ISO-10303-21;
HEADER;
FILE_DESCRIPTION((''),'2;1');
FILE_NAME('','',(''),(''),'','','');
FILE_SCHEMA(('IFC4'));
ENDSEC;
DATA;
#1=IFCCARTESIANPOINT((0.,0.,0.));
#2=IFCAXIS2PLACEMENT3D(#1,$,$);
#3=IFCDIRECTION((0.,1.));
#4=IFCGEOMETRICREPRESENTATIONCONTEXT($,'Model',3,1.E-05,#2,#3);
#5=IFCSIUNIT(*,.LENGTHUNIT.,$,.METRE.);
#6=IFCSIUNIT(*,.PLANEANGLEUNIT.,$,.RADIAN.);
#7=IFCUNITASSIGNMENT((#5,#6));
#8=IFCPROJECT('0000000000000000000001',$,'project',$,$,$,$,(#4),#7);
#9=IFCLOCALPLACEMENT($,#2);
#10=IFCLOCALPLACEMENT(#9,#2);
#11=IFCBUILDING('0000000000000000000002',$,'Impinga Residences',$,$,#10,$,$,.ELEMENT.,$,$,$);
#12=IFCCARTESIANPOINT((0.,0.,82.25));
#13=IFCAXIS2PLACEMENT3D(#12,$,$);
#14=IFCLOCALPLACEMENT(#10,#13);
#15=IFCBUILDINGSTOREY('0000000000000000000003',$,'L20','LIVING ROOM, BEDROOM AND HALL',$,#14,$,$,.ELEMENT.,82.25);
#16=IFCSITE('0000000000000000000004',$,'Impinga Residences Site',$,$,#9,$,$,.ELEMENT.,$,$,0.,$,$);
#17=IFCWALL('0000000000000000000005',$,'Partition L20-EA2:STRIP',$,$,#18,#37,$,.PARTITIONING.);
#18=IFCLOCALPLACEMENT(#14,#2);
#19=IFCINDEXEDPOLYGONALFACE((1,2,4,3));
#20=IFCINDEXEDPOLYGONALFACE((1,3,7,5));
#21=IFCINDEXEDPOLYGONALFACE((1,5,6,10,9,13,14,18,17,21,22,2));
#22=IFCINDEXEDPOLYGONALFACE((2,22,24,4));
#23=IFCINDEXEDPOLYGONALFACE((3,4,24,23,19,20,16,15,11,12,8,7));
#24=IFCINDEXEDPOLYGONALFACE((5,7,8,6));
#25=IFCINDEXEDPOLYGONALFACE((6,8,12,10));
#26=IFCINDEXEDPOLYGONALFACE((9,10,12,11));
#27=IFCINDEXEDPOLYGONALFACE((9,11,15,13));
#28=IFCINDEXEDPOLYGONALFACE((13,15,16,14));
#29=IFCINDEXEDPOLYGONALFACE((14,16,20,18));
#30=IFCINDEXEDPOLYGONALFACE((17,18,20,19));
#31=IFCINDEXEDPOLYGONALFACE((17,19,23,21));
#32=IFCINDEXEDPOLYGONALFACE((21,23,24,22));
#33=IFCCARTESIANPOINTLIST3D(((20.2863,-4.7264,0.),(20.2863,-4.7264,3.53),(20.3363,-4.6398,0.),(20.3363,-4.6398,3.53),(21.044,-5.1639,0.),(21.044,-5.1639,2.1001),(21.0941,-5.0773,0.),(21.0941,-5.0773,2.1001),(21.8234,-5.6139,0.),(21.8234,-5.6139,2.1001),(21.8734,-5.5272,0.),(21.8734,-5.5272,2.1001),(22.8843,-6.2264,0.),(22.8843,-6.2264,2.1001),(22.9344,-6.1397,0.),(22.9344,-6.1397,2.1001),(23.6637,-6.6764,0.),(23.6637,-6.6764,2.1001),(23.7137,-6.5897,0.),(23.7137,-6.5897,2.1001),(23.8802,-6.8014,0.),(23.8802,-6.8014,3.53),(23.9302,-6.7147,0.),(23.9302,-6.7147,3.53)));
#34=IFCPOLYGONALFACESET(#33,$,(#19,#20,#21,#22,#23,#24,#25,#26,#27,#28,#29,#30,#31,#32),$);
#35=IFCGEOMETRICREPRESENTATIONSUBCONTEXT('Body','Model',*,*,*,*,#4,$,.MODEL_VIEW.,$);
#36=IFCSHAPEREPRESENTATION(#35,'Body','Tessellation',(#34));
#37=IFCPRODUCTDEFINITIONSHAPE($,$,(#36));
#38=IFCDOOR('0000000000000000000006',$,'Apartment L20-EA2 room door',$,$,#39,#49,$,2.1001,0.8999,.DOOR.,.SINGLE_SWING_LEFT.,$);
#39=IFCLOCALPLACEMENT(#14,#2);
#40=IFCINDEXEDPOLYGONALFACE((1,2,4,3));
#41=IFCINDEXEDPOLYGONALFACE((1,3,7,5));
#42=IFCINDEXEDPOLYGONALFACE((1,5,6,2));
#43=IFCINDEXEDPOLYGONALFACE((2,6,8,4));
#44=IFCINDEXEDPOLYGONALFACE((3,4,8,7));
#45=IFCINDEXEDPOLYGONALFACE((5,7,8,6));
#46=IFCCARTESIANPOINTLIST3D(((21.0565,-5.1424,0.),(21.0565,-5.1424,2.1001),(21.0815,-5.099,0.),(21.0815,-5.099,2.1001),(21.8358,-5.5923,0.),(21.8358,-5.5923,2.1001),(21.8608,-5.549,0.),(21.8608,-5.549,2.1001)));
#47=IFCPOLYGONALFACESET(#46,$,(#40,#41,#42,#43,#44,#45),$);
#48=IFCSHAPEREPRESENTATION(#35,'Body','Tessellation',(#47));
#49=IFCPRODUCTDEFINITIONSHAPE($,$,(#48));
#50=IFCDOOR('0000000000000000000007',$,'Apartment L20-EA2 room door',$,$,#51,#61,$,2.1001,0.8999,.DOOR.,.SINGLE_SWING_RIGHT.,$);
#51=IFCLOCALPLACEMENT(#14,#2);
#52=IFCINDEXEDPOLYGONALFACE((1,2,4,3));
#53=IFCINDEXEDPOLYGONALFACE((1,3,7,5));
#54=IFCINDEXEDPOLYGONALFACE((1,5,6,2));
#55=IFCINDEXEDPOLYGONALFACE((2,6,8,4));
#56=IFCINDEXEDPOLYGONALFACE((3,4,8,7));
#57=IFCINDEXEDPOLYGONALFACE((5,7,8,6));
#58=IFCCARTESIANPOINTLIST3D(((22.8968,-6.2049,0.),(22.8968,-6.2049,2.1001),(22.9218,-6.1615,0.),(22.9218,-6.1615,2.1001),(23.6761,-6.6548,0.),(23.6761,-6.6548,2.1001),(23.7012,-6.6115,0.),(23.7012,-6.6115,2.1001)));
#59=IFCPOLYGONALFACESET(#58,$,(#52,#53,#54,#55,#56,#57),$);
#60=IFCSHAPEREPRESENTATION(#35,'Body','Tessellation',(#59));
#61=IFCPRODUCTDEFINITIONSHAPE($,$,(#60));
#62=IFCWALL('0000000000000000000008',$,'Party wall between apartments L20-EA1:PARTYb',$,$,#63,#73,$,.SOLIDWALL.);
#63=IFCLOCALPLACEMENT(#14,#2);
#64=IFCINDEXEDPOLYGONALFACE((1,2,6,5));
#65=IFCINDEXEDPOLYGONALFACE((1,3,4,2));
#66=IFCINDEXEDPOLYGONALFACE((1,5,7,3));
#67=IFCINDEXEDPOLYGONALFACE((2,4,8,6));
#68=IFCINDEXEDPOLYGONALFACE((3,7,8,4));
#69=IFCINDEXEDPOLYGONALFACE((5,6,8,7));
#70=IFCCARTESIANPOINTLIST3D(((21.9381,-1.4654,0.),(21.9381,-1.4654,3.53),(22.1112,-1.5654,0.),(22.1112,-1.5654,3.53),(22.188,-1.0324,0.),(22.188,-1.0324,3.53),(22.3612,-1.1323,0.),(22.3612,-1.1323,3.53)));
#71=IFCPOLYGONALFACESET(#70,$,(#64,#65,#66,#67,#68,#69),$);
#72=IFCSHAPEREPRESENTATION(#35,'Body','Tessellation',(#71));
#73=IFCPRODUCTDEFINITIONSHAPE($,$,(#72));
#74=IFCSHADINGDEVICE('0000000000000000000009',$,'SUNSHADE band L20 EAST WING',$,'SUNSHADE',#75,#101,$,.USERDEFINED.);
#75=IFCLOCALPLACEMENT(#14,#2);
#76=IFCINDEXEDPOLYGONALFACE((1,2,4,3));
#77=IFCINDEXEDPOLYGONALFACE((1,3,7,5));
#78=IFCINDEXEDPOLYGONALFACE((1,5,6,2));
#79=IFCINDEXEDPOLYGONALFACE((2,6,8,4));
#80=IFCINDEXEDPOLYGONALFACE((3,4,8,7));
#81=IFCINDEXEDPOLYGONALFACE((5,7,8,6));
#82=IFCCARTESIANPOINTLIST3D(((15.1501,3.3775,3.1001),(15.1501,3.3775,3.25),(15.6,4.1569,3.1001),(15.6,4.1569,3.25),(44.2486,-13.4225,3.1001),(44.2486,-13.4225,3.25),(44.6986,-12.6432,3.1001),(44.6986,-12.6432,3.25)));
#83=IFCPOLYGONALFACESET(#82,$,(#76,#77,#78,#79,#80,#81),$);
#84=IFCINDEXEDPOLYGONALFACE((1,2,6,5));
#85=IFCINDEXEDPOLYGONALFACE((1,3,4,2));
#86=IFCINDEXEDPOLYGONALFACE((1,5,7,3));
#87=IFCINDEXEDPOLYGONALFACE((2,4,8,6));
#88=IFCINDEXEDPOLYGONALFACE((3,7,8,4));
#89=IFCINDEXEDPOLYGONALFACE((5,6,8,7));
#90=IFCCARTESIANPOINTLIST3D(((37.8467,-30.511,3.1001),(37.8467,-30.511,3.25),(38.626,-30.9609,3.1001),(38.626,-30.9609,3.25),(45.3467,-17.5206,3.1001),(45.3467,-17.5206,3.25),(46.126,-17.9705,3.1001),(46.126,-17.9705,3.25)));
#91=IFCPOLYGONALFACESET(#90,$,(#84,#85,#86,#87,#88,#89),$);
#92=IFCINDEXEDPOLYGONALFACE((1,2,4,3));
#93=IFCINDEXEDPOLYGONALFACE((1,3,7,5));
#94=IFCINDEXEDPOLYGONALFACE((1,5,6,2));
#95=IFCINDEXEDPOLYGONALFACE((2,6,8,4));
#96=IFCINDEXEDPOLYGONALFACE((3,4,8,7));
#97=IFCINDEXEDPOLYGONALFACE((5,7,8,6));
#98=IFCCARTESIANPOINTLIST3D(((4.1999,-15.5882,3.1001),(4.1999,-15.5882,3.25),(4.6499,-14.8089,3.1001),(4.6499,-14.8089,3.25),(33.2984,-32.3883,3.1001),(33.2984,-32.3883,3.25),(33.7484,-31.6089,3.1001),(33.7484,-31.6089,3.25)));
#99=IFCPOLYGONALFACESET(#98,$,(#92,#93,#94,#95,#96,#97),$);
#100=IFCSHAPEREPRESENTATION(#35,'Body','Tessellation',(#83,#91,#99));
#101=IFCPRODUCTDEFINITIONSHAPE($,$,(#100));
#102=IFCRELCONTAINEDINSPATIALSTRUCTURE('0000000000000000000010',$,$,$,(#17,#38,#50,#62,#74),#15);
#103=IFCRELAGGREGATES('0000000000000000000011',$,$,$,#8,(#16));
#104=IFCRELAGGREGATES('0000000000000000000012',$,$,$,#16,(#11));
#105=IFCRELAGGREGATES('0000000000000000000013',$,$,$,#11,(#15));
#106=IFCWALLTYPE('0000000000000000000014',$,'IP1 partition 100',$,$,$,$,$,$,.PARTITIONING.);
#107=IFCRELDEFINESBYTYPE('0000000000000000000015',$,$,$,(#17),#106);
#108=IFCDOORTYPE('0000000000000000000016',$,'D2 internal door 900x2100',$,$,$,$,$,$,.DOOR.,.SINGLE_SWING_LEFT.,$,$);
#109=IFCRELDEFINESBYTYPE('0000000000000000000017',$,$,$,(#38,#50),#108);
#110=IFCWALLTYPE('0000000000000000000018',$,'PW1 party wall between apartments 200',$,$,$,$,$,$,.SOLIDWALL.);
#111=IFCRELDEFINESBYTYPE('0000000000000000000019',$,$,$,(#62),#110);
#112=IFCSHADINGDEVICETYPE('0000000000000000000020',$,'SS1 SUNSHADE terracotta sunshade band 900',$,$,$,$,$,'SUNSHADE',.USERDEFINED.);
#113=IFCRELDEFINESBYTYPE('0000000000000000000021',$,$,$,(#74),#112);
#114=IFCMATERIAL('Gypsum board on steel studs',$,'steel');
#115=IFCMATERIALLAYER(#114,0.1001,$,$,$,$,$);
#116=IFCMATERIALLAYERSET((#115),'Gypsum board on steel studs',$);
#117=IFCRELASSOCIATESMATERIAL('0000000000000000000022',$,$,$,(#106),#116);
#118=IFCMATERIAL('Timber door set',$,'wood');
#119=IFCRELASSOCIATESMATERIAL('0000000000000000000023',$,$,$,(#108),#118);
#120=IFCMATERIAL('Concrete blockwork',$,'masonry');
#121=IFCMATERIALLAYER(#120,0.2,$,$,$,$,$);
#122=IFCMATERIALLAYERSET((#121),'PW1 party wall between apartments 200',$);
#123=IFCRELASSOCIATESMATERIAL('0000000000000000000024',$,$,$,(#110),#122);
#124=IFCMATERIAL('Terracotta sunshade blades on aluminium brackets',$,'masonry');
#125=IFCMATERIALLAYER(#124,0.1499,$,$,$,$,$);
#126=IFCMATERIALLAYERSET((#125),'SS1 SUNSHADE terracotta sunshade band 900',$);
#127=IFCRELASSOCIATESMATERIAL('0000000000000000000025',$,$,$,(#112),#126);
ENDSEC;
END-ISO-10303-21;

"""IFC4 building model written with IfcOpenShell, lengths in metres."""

from ifc_helpers import new_model, si_unit, direction, frame, frame_2d, origin, origin_2d, place, context, subcontext, project, spatial, rectangle, extrude, material, layer, layer_set, type_object, element, fill, save


model = new_model("IFC4")

# Units and contexts
model_context = context("Model", 3, precision=1e-05, world=origin(), true_north=direction((0.0, 1.0)))
body_context = subcontext(model_context, "Body", "Model", "MODEL_VIEW")
ifc_project = project(units=[si_unit("LENGTHUNIT", "METRE"), si_unit("PLANEANGLEUNIT", "RADIAN")], contexts=[model_context])

# Site, building, storey
site_placement = place(None, origin())
site = spatial("IfcSite", under=ifc_project, at=site_placement, Name="Impinga Residences Site", CompositionType="ELEMENT", RefElevation=0.0)
building_placement = place(site_placement, origin())
building = spatial("IfcBuilding", under=site, at=building_placement, Name="Impinga Residences", CompositionType="ELEMENT")
storey_placement = place(building_placement, frame((0.0, 0.0, 82.25)))
storey = spatial("IfcBuildingStorey", under=building, at=storey_placement, Name="L20", Description="LIVING ROOM, BEDROOM AND HALL", CompositionType="ELEMENT", Elevation=82.25)

# Shared definitions
ifc_material_1 = material(Name="Gypsum board on steel studs", Category="steel")
ifc_layer_1 = layer(ifc_material_1, 0.1001)
ifc_layer_set_1 = layer_set([ifc_layer_1], Name="Gypsum board on steel studs")
wall_type_1 = type_object("IfcWallType", Name="IP1 partition 100", PredefinedType="PARTITIONING", material=ifc_layer_set_1)

# Shared definitions
ifc_material_2 = material(Name="Timber door set", Category="wood")
door_type = type_object("IfcDoorType", Name="D2 internal door 900x2100", OperationType="SINGLE_SWING_LEFT", PredefinedType="DOOR", material=ifc_material_2)

# Wall, openings, doors
wall_1_placement = place(storey_placement, frame((20.3113, -4.6831, 0.0), z_axis=(0.0, 0.0, 1.0), x_axis=(0.86603, -0.499992, 0.0)))
wall_1 = element("IfcWall", 1, at=wall_1_placement, inside=storey, type_object=wall_type_1, Name="Partition L20-EA2:STRIP", PredefinedType="PARTITIONING", context=body_context, shape_type="SweptSolid", body=[
    extrude(rectangle(XDim=4.1499, YDim=0.1001, at=frame_2d((2.075, 0.0))), origin(), (0.0, 0.0, 1.0), 3.53),
])
opening_1_placement = place(wall_1_placement, frame((0.875, 0.0, 0.0)))
opening_1 = element("IfcOpeningElement", 2, at=opening_1_placement, cuts=wall_1, PredefinedType="OPENING", context=body_context, shape_type="SweptSolid", body=[
    extrude(rectangle(XDim=0.8999, YDim=2.1001, at=frame_2d((0.45, 1.05))), frame((0.0, 0.0601, 0.0), z_axis=(0.0, -1.0, 0.0), x_axis=(1.0, 0.0, 0.0)), (0.0, 0.0, 1.0), 0.1201),
])
opening_2_placement = place(wall_1_placement, frame((3.0, 0.0, 0.0)))
opening_2 = element("IfcOpeningElement", 3, at=opening_2_placement, cuts=wall_1, PredefinedType="OPENING", context=body_context, shape_type="SweptSolid", body=[
    extrude(rectangle(XDim=0.8999, YDim=2.1001, at=frame_2d((0.45, 1.05))), frame((0.0, 0.0601, 0.0), z_axis=(0.0, -1.0, 0.0), x_axis=(1.0, 0.0, 0.0)), (0.0, 0.0, 1.0), 0.1201),
])
door_1_placement = place(opening_1_placement, origin())
door_1 = element("IfcDoor", 4, at=door_1_placement, inside=storey, type_object=door_type, Name="Apartment L20-EA2 room door", OperationType="SINGLE_SWING_LEFT", OverallHeight=2.1001, OverallWidth=0.8999, PredefinedType="DOOR", context=body_context, shape_type="SweptSolid", body=[
    extrude(rectangle(XDim=0.8999, YDim=2.1001, at=frame_2d((0.45, 1.05))), frame((0.0, 0.0249, 0.0), z_axis=(0.0, -1.0, 0.0), x_axis=(1.0, 0.0, 0.0)), (0.0, 0.0, 1.0), 0.05),
])
fill(opening_1, door_1)
door_2_placement = place(opening_2_placement, origin())
door_2 = element("IfcDoor", 5, at=door_2_placement, inside=storey, type_object=door_type, Name="Apartment L20-EA2 room door", OperationType="SINGLE_SWING_RIGHT", OverallHeight=2.1001, OverallWidth=0.8999, PredefinedType="DOOR", context=body_context, shape_type="SweptSolid", body=[
    extrude(rectangle(XDim=0.8999, YDim=2.1001, at=frame_2d((0.45, 1.05))), frame((0.0, 0.0249, 0.0), z_axis=(0.0, -1.0, 0.0), x_axis=(1.0, 0.0, 0.0)), (0.0, 0.0, 1.0), 0.05),
])
fill(opening_2, door_2)

# Wall
ifc_material_3 = material(Name="Concrete blockwork", Category="masonry")
ifc_layer_2 = layer(ifc_material_3, 0.2)
ifc_layer_set_2 = layer_set([ifc_layer_2], Name="PW1 party wall between apartments 200")
wall_type_2 = type_object("IfcWallType", Name="PW1 party wall between apartments 200", PredefinedType="SOLIDWALL", material=ifc_layer_set_2)
wall_2_placement = place(storey_placement, frame((22.0247, -1.5154, 0.0), z_axis=(0.0, 0.0, 1.0), x_axis=(0.49992, 0.866072, 0.0)))
element("IfcWall", 6, at=wall_2_placement, inside=storey, type_object=wall_type_2, Name="Party wall between apartments L20-EA1:PARTYb", PredefinedType="SOLIDWALL", context=body_context, shape_type="SweptSolid", body=[
    extrude(rectangle(XDim=0.5, YDim=0.2, at=frame_2d((0.25, 0.0))), origin(), (0.0, 0.0, 1.0), 3.53),
])

# Shading device
ifc_material_4 = material(Name="Terracotta sunshade blades on aluminium brackets", Category="masonry")
ifc_layer_3 = layer(ifc_material_4, 0.1499)
ifc_layer_set_3 = layer_set([ifc_layer_3], Name="SS1 SUNSHADE terracotta sunshade band 900")
shading_device_type = type_object("IfcShadingDeviceType", Name="SS1 SUNSHADE terracotta sunshade band 900", ElementType="SUNSHADE", PredefinedType="USERDEFINED", material=ifc_layer_set_3)
shading_device_placement = place(storey_placement, frame((29.9243, -4.6328, 3.1001), z_axis=(0.0, 0.0, 1.0), x_axis=(0.866025, -0.5, 0.0)))
element("IfcShadingDevice", 7, at=shading_device_placement, inside=storey, type_object=shading_device_type, Name="SUNSHADE band L20 EAST WING", ObjectType="SUNSHADE", PredefinedType="USERDEFINED", context=body_context, shape_type="SweptSolid", body=[
    extrude(rectangle(XDim=33.6001, YDim=0.8999, at=origin_2d()), origin(), (0.0, 0.0, 1.0), 0.1499),
    extrude(rectangle(XDim=15.0, YDim=0.8999, at=origin_2d()), frame((20.25, -10.95, 0.0), z_axis=(0.0, 0.0, 1.0), x_axis=(0.0, -1.0, 0.0)), (0.0, 0.0, 1.0), 0.1499),
    extrude(rectangle(XDim=33.6001, YDim=0.8999, at=origin_2d()), frame((-0.0002, -21.8999, 0.0), z_axis=(0.0, 0.0, 1.0), x_axis=(-1.0, 0.0, 0.0)), (0.0, 0.0, 1.0), 0.1499),
])

save(model, "model.ifc")
